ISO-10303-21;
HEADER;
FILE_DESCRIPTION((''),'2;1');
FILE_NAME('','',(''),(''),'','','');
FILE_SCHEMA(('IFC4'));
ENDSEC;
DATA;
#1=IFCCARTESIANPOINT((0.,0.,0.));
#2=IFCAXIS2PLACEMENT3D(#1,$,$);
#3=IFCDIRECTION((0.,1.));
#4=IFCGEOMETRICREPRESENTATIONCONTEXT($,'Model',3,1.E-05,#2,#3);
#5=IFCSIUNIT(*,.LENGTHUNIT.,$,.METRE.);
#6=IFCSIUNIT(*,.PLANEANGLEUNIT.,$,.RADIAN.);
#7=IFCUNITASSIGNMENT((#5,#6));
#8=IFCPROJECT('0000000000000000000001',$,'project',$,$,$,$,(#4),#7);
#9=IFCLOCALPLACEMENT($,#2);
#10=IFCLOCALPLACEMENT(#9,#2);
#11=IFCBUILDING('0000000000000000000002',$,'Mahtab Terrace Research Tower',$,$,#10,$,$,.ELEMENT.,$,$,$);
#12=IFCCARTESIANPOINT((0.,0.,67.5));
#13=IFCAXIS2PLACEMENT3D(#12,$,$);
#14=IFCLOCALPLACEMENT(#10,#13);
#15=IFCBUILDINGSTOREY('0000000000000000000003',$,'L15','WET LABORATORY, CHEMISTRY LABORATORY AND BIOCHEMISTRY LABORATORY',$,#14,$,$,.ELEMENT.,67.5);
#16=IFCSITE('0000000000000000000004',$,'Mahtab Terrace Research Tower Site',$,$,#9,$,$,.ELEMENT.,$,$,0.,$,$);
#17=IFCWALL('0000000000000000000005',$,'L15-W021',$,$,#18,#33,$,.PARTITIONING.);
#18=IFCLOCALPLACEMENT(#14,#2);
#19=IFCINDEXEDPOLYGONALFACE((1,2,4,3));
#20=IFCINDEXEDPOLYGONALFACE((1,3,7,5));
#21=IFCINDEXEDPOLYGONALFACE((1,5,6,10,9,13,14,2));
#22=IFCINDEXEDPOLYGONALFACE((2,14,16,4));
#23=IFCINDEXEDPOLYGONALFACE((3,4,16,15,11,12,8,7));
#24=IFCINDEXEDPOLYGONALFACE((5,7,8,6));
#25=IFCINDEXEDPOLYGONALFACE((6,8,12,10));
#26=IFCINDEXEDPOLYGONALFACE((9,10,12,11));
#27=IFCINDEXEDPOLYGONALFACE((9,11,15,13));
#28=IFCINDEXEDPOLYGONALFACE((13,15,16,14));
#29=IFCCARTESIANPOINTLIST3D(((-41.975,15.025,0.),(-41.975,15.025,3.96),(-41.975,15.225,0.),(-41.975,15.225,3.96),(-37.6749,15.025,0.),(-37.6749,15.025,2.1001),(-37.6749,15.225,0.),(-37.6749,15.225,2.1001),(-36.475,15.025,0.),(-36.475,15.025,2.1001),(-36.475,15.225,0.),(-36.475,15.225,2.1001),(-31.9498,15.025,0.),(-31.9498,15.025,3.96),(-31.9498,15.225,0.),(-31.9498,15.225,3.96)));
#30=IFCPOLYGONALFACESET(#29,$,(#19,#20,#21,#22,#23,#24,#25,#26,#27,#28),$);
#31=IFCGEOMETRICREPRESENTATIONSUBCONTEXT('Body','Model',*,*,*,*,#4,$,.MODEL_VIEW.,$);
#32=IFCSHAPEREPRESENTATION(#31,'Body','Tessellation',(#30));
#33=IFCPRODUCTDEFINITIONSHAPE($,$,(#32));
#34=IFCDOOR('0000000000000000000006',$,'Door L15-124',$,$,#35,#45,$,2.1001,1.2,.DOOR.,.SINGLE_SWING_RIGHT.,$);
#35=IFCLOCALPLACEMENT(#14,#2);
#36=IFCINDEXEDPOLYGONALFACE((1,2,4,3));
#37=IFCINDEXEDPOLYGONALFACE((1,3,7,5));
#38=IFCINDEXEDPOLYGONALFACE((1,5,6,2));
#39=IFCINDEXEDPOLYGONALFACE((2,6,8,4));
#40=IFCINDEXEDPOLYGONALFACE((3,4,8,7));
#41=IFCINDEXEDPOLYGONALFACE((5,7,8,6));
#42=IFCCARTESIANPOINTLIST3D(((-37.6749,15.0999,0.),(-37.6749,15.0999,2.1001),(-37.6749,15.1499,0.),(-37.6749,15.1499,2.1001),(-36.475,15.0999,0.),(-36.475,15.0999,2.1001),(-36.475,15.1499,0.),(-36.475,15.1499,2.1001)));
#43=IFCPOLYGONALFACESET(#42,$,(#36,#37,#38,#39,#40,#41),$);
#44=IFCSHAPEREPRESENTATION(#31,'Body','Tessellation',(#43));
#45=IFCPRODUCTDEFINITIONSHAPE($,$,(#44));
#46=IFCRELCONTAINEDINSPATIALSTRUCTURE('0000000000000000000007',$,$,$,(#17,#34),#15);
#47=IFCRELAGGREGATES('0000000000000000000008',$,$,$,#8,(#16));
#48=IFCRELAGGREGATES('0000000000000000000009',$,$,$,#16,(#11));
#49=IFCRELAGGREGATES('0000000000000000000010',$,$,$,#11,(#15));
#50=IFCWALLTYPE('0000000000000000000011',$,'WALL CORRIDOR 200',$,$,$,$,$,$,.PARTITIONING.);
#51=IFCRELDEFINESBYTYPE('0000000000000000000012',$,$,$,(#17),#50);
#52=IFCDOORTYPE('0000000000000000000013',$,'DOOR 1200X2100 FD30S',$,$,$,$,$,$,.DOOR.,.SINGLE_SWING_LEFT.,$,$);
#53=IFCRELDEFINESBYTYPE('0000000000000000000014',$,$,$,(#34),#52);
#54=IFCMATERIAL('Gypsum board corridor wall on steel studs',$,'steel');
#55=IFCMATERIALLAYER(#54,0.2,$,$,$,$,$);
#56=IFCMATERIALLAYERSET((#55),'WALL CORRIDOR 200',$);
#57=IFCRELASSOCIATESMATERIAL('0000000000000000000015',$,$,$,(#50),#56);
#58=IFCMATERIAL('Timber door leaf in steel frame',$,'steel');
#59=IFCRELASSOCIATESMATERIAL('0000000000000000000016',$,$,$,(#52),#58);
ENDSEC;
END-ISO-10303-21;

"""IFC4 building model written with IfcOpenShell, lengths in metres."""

from ifc_helpers import new_model, si_unit, direction, frame, frame_2d, origin, place, context, subcontext, project, spatial, rectangle, extrude, material, layer, layer_set, type_object, element, fill, save


model = new_model("IFC4")

# Units and contexts
model_context = context("Model", 3, precision=1e-05, world=origin(), true_north=direction((0.0, 1.0)))
body_context = subcontext(model_context, "Body", "Model", "MODEL_VIEW")
ifc_project = project(units=[si_unit("LENGTHUNIT", "METRE"), si_unit("PLANEANGLEUNIT", "RADIAN")], contexts=[model_context])

# Site, building, storey
site_placement = place(None, origin())
site = spatial("IfcSite", under=ifc_project, at=site_placement, Name="Mahtab Terrace Research Tower Site", CompositionType="ELEMENT", RefElevation=0.0)
building_placement = place(site_placement, origin())
building = spatial("IfcBuilding", under=site, at=building_placement, Name="Mahtab Terrace Research Tower", CompositionType="ELEMENT")
storey_placement = place(building_placement, frame((0.0, 0.0, 67.5)))
storey = spatial("IfcBuildingStorey", under=building, at=storey_placement, Name="L15", Description="WET LABORATORY, CHEMISTRY LABORATORY AND BIOCHEMISTRY LABORATORY", CompositionType="ELEMENT", Elevation=67.5)

# Wall, opening, door
ifc_material_1 = material(Name="Gypsum board corridor wall on steel studs", Category="steel")
ifc_layer_1 = layer(ifc_material_1, 0.2)
ifc_layer_set_1 = layer_set([ifc_layer_1], Name="WALL CORRIDOR 200")
wall_type = type_object("IfcWallType", Name="WALL CORRIDOR 200", PredefinedType="PARTITIONING", material=ifc_layer_set_1)
wall_placement = place(storey_placement, frame((-41.9751, 15.125, 0.0), z_axis=(0.0, 0.0, 1.0), x_axis=(1.0, 0.0, 0.0)))
wall = element("IfcWall", 1, at=wall_placement, inside=storey, type_object=wall_type, Name="L15-W021", PredefinedType="PARTITIONING", context=body_context, shape_type="SweptSolid", body=[
    extrude(rectangle(XDim=10.0251, YDim=0.2, at=frame_2d((5.0127, 0.0))), origin(), (0.0, 0.0, 1.0), 3.96),
])
opening_placement = place(wall_placement, frame((4.3, 0.0, 0.0)))
opening = element("IfcOpeningElement", 2, at=opening_placement, cuts=wall, PredefinedType="OPENING", context=body_context, shape_type="SweptSolid", body=[
    extrude(rectangle(XDim=1.2, YDim=2.1001, at=frame_2d((0.6001, 1.05))), frame((0.0, 0.1099, 0.0), z_axis=(0.0, -1.0, 0.0), x_axis=(1.0, 0.0, 0.0)), (0.0, 0.0, 1.0), 0.22),
])
ifc_material_2 = material(Name="Timber door leaf in steel frame", Category="steel")
door_type = type_object("IfcDoorType", Name="DOOR 1200X2100 FD30S", OperationType="SINGLE_SWING_LEFT", PredefinedType="DOOR", material=ifc_material_2)
door_placement = place(opening_placement, origin())
door = element("IfcDoor", 3, at=door_placement, inside=storey, type_object=door_type, Name="Door L15-124", OperationType="SINGLE_SWING_RIGHT", OverallHeight=2.1001, OverallWidth=1.2, PredefinedType="DOOR", context=body_context, shape_type="SweptSolid", body=[
    extrude(rectangle(XDim=1.2, YDim=2.1001, at=frame_2d((0.6001, 1.05))), frame((0.0, 0.0249, 0.0), z_axis=(0.0, -1.0, 0.0), x_axis=(1.0, 0.0, 0.0)), (0.0, 0.0, 1.0), 0.05),
])
fill(opening, door)

save(model, "model.ifc")
